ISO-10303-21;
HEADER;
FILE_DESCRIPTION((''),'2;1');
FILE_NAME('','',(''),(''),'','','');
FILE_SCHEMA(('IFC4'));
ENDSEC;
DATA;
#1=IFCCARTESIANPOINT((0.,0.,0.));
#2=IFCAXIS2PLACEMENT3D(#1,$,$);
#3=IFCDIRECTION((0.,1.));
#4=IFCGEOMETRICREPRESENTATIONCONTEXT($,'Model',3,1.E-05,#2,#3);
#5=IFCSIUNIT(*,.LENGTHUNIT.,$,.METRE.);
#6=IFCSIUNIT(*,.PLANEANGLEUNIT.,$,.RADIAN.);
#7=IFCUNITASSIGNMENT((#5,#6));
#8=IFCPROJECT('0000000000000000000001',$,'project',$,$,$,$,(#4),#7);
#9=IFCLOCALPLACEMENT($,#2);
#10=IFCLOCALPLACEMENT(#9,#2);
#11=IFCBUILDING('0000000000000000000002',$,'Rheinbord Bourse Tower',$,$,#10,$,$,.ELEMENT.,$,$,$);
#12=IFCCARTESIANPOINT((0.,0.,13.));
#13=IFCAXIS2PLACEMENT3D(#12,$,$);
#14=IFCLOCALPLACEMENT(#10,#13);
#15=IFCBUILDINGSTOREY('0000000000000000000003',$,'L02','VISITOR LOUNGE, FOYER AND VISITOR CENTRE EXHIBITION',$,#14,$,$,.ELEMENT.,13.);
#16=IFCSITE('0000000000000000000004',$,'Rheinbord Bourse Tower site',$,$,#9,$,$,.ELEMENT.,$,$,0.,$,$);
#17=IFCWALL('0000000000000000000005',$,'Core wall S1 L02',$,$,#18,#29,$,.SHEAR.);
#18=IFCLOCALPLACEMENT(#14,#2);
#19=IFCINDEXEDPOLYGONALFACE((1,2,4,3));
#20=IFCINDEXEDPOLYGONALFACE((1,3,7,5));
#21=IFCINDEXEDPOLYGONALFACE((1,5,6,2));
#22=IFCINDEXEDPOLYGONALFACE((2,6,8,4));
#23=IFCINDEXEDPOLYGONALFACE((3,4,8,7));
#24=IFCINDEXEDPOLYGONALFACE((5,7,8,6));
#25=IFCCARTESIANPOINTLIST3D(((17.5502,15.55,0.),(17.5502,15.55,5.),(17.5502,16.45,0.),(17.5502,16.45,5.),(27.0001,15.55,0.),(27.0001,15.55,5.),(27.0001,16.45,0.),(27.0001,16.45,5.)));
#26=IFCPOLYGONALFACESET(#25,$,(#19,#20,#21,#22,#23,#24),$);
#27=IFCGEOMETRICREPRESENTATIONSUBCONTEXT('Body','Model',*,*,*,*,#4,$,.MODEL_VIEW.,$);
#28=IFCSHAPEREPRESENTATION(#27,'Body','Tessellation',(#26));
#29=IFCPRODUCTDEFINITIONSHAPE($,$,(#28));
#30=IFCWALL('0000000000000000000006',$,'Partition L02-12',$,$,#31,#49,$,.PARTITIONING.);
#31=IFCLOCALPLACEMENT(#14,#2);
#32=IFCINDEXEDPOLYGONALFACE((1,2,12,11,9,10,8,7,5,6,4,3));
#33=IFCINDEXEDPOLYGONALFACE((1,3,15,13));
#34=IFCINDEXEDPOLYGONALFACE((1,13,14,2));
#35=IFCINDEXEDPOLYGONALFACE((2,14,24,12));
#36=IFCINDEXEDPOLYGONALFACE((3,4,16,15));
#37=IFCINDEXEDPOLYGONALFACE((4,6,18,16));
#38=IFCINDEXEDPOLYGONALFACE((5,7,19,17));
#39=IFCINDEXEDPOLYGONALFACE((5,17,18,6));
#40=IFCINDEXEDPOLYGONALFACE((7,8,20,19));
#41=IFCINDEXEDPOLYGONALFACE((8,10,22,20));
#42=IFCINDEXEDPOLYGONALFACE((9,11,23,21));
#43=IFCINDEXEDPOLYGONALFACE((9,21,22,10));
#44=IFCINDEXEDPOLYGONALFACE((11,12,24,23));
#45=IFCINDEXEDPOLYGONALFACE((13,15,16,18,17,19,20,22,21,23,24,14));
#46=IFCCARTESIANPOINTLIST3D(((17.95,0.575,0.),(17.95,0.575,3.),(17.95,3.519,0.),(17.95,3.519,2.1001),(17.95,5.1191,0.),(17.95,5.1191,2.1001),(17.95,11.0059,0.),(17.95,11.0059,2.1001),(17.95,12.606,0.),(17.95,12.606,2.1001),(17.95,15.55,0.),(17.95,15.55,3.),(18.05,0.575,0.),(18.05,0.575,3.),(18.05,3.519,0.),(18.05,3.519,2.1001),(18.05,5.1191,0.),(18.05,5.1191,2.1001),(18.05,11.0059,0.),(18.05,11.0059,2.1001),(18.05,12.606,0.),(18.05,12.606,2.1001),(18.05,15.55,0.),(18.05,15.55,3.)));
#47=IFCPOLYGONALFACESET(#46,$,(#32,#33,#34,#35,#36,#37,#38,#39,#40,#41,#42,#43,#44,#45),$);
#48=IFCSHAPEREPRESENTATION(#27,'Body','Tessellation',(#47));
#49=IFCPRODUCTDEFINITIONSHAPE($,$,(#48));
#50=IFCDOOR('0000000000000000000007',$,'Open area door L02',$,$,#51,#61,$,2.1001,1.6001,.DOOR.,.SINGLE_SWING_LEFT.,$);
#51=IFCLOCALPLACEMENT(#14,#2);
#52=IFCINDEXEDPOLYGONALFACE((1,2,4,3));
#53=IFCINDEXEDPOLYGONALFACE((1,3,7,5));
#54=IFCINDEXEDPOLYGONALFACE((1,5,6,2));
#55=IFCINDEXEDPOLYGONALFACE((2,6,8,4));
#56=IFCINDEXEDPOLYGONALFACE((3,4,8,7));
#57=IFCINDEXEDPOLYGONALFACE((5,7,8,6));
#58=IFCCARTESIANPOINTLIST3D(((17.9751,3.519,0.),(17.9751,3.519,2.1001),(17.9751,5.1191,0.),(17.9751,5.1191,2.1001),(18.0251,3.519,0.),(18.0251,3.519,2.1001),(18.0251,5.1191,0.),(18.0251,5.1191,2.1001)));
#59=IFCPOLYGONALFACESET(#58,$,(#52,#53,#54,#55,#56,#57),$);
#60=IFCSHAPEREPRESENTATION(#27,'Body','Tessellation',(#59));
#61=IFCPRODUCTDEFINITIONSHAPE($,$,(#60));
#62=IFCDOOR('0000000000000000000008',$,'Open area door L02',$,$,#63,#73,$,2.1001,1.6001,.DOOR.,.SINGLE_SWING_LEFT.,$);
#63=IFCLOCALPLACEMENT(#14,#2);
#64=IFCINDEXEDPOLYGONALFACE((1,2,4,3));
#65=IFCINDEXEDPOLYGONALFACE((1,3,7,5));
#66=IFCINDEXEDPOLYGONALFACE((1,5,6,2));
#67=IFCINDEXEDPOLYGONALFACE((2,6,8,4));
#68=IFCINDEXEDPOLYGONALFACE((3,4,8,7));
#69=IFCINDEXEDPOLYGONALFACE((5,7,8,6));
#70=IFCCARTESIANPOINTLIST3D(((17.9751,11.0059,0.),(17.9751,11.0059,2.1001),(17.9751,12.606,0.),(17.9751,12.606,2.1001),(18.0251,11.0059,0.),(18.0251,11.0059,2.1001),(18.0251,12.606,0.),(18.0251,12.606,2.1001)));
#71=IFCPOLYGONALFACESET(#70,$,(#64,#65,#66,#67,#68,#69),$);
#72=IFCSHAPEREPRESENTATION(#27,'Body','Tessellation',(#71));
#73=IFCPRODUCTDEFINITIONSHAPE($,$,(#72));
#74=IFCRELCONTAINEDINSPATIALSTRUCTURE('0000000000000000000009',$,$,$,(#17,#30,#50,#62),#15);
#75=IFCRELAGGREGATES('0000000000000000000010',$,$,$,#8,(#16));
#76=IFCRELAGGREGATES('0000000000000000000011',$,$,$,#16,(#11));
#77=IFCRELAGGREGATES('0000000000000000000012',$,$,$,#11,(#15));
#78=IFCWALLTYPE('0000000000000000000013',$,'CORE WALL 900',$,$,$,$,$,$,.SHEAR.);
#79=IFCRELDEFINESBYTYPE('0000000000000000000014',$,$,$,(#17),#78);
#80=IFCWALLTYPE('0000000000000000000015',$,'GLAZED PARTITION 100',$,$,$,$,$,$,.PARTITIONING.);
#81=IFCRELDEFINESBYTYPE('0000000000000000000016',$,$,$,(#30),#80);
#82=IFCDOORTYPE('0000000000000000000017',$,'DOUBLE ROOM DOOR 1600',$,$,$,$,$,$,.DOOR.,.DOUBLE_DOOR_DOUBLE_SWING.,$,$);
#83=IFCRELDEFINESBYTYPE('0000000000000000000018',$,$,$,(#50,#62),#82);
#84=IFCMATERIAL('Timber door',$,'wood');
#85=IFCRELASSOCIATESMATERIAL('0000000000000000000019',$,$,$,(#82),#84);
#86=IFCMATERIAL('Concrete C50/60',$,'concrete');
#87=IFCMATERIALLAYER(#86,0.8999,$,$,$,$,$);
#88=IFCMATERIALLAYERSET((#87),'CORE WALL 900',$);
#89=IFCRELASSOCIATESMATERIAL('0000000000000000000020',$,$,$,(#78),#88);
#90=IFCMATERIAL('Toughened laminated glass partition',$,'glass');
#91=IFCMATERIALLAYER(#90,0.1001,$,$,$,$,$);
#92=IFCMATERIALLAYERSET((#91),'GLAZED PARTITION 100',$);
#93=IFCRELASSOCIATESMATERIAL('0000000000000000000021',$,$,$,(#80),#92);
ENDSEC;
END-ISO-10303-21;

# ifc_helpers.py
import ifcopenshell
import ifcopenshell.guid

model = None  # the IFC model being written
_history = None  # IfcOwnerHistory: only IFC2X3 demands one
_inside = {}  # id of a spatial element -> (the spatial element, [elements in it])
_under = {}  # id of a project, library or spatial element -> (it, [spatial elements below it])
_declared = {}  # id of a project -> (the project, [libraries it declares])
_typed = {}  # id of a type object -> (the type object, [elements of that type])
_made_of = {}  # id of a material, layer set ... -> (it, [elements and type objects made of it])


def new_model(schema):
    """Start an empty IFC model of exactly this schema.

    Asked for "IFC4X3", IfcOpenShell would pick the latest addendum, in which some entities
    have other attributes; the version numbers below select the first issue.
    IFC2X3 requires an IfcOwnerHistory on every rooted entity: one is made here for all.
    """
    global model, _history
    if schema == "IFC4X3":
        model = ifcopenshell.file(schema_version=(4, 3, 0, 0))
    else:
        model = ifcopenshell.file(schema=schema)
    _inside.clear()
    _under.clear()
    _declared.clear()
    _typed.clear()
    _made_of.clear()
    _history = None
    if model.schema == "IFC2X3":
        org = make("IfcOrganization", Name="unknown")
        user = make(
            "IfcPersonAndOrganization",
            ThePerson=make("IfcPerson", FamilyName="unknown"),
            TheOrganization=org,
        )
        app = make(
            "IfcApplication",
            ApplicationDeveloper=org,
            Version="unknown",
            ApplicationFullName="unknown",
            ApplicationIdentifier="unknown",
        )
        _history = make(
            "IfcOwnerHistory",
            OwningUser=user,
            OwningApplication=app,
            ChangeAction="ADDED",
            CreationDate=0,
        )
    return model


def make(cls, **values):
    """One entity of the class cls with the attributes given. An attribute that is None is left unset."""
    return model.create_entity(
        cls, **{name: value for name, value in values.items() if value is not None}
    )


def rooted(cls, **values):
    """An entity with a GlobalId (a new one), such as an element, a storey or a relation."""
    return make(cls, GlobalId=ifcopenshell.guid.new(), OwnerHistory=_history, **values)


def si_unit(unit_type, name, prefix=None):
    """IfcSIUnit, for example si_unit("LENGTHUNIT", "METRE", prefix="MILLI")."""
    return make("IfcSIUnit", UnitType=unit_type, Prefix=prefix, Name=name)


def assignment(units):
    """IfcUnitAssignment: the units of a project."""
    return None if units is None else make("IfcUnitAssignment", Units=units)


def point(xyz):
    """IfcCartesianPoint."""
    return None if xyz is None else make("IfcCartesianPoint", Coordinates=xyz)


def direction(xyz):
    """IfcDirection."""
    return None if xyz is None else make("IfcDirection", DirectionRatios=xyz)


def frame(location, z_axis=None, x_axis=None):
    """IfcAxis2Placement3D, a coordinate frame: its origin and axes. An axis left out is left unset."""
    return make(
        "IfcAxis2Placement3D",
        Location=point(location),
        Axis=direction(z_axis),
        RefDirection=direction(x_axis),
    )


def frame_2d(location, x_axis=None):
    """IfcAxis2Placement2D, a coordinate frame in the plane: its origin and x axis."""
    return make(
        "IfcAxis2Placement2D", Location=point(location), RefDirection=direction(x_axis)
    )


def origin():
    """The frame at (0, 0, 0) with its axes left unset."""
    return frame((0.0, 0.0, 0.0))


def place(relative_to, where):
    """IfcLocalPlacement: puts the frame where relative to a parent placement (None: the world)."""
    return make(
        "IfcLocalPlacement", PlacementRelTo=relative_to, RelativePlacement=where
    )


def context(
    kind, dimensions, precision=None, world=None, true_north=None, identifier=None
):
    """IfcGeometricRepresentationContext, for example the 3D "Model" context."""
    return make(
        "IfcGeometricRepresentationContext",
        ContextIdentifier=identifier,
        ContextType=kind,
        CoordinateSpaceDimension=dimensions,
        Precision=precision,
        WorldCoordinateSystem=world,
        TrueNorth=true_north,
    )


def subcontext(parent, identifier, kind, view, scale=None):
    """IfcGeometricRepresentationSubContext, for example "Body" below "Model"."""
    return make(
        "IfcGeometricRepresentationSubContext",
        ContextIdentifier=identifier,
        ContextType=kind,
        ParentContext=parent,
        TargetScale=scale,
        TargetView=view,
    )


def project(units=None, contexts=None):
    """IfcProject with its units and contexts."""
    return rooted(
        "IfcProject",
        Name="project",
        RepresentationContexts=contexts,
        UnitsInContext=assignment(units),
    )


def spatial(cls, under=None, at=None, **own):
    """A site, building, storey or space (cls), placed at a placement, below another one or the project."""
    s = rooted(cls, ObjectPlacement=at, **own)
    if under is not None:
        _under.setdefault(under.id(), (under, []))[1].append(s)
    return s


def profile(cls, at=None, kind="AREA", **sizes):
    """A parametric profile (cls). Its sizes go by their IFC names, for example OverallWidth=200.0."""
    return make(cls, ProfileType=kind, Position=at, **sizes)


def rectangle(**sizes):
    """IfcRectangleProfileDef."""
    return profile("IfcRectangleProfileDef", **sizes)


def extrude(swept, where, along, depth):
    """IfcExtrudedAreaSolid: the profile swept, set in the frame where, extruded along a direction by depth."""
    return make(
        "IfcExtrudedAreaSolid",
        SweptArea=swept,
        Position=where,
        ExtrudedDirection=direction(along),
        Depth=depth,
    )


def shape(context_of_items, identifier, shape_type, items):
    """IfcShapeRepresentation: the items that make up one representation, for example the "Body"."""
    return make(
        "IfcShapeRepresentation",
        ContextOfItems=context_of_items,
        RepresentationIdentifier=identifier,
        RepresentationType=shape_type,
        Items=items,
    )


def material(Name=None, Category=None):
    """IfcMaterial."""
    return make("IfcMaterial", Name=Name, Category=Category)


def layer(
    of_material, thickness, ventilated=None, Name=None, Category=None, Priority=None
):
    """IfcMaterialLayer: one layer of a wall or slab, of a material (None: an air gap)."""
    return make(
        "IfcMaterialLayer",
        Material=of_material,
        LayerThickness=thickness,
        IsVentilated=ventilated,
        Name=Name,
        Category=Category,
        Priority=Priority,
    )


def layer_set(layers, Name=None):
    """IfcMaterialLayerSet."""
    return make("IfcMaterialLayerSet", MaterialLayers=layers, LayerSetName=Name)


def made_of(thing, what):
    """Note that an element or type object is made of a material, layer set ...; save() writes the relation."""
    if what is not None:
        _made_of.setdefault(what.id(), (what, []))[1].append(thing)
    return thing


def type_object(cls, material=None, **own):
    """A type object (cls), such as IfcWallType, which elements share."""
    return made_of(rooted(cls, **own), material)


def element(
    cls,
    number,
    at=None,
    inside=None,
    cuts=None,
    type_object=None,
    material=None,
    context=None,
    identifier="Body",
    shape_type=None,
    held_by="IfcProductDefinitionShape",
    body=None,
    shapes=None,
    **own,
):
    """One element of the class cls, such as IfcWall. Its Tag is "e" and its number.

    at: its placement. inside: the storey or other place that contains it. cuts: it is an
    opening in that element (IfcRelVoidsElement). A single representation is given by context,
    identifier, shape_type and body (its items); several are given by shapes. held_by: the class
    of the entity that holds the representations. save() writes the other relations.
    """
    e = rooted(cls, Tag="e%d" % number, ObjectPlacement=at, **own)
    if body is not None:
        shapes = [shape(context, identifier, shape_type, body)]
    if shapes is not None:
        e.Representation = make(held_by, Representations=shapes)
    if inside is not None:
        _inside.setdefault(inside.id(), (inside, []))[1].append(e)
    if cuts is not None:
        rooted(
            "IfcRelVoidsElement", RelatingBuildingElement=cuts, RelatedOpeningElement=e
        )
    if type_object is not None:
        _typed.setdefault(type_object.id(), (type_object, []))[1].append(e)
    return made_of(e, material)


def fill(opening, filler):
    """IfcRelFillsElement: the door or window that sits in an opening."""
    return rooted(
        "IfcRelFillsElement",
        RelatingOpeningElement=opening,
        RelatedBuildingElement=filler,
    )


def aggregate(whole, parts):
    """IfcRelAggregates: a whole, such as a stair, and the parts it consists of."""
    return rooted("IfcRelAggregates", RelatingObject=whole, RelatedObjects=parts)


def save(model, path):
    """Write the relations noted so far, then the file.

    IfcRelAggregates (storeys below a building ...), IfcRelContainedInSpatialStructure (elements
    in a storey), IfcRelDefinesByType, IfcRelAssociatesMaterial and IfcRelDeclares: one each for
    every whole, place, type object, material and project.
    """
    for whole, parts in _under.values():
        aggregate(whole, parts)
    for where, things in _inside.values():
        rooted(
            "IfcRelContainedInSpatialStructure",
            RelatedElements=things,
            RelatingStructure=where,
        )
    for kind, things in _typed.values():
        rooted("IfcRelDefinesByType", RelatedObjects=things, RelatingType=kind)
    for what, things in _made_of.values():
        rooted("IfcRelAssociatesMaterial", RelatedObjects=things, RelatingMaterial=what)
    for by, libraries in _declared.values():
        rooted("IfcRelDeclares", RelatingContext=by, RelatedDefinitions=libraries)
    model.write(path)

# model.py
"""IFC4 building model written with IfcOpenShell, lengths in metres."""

from ifc_helpers import new_model, si_unit, direction, frame, frame_2d, origin, place, context, subcontext, project, spatial, rectangle, extrude, material, layer, layer_set, type_object, element, fill, save


model = new_model("IFC4")

# Units and contexts
model_context = context("Model", 3, precision=1e-05, world=origin(), true_north=direction((0.0, 1.0)))
body_context = subcontext(model_context, "Body", "Model", "MODEL_VIEW")
ifc_project = project(units=[si_unit("LENGTHUNIT", "METRE"), si_unit("PLANEANGLEUNIT", "RADIAN")], contexts=[model_context])

# Site, building, storey
site_placement = place(None, origin())
site = spatial("IfcSite", under=ifc_project, at=site_placement, Name="Rheinbord Bourse Tower site", CompositionType="ELEMENT", RefElevation=0.0)
building_placement = place(site_placement, origin())
building = spatial("IfcBuilding", under=site, at=building_placement, Name="Rheinbord Bourse Tower", CompositionType="ELEMENT")
storey_placement = place(building_placement, frame((0.0, 0.0, 13.0)))
storey = spatial("IfcBuildingStorey", under=building, at=storey_placement, Name="L02", Description="VISITOR LOUNGE, FOYER AND VISITOR CENTRE EXHIBITION", CompositionType="ELEMENT", Elevation=13.0)

# Shared definitions
ifc_material_1 = material(Name="Timber door", Category="wood")
door_type = type_object("IfcDoorType", Name="DOUBLE ROOM DOOR 1600", OperationType="DOUBLE_DOOR_DOUBLE_SWING", PredefinedType="DOOR", material=ifc_material_1)

# Wall
ifc_material_2 = material(Name="Concrete C50/60", Category="concrete")
ifc_layer_1 = layer(ifc_material_2, 0.8999)
ifc_layer_set_1 = layer_set([ifc_layer_1], Name="CORE WALL 900")
wall_type_1 = type_object("IfcWallType", Name="CORE WALL 900", PredefinedType="SHEAR", material=ifc_layer_set_1)
wall_1_placement = place(storey_placement, frame((17.55, 16.0, 0.0), z_axis=(0.0, 0.0, 1.0), x_axis=(1.0, 0.0, 0.0)))
element("IfcWall", 1, at=wall_1_placement, inside=storey, type_object=wall_type_1, Name="Core wall S1 L02", PredefinedType="SHEAR", context=body_context, shape_type="SweptSolid", body=[
    extrude(rectangle(XDim=9.45, YDim=0.8999, at=frame_2d((4.7251, 0.0))), origin(), (0.0, 0.0, 1.0), 5.0),
])

# Wall, openings, doors
ifc_material_3 = material(Name="Toughened laminated glass partition", Category="glass")
ifc_layer_2 = layer(ifc_material_3, 0.1001)
ifc_layer_set_2 = layer_set([ifc_layer_2], Name="GLAZED PARTITION 100")
wall_type_2 = type_object("IfcWallType", Name="GLAZED PARTITION 100", PredefinedType="PARTITIONING", material=ifc_layer_set_2)
wall_2_placement = place(storey_placement, frame((18.0, 0.575, 0.0), z_axis=(0.0, 0.0, 1.0), x_axis=(0.0, 1.0, 0.0)))
wall_2 = element("IfcWall", 2, at=wall_2_placement, inside=storey, type_object=wall_type_2, Name="Partition L02-12", PredefinedType="PARTITIONING", context=body_context, shape_type="SweptSolid", body=[
    extrude(rectangle(XDim=14.9751, YDim=0.1001, at=frame_2d((7.4875, 0.0))), origin(), (0.0, 0.0, 1.0), 3.0),
])
opening_1_placement = place(wall_2_placement, frame((2.9441, 0.0, 0.0)))
opening_1 = element("IfcOpeningElement", 3, at=opening_1_placement, cuts=wall_2, PredefinedType="OPENING", context=body_context, shape_type="SweptSolid", body=[
    extrude(rectangle(XDim=1.6001, YDim=2.1001, at=frame_2d((0.8, 1.05))), frame((0.0, 0.0601, 0.0), z_axis=(0.0, -1.0, 0.0), x_axis=(1.0, 0.0, 0.0)), (0.0, 0.0, 1.0), 0.1201),
])
opening_2_placement = place(wall_2_placement, frame((10.4309, 0.0, 0.0)))
opening_2 = element("IfcOpeningElement", 4, at=opening_2_placement, cuts=wall_2, PredefinedType="OPENING", context=body_context, shape_type="SweptSolid", body=[
    extrude(rectangle(XDim=1.6001, YDim=2.1001, at=frame_2d((0.8, 1.05))), frame((0.0, 0.0601, 0.0), z_axis=(0.0, -1.0, 0.0), x_axis=(1.0, 0.0, 0.0)), (0.0, 0.0, 1.0), 0.1201),
])
door_1_placement = place(opening_1_placement, origin())
door_1 = element("IfcDoor", 5, at=door_1_placement, inside=storey, type_object=door_type, Name="Open area door L02", OperationType="SINGLE_SWING_LEFT", OverallHeight=2.1001, OverallWidth=1.6001, PredefinedType="DOOR", context=body_context, shape_type="SweptSolid", body=[
    extrude(rectangle(XDim=1.6001, YDim=2.1001, at=frame_2d((0.8, 1.05))), frame((0.0, 0.0249, 0.0), z_axis=(0.0, -1.0, 0.0), x_axis=(1.0, 0.0, 0.0)), (0.0, 0.0, 1.0), 0.05),
])
fill(opening_1, door_1)
door_2_placement = place(opening_2_placement, origin())
door_2 = element("IfcDoor", 6, at=door_2_placement, inside=storey, type_object=door_type, Name="Open area door L02", OperationType="SINGLE_SWING_LEFT", OverallHeight=2.1001, OverallWidth=1.6001, PredefinedType="DOOR", context=body_context, shape_type="SweptSolid", body=[
    extrude(rectangle(XDim=1.6001, YDim=2.1001, at=frame_2d((0.8, 1.05))), frame((0.0, 0.0249, 0.0), z_axis=(0.0, -1.0, 0.0), x_axis=(1.0, 0.0, 0.0)), (0.0, 0.0, 1.0), 0.05),
])
fill(opening_2, door_2)

save(model, "model.ifc")
